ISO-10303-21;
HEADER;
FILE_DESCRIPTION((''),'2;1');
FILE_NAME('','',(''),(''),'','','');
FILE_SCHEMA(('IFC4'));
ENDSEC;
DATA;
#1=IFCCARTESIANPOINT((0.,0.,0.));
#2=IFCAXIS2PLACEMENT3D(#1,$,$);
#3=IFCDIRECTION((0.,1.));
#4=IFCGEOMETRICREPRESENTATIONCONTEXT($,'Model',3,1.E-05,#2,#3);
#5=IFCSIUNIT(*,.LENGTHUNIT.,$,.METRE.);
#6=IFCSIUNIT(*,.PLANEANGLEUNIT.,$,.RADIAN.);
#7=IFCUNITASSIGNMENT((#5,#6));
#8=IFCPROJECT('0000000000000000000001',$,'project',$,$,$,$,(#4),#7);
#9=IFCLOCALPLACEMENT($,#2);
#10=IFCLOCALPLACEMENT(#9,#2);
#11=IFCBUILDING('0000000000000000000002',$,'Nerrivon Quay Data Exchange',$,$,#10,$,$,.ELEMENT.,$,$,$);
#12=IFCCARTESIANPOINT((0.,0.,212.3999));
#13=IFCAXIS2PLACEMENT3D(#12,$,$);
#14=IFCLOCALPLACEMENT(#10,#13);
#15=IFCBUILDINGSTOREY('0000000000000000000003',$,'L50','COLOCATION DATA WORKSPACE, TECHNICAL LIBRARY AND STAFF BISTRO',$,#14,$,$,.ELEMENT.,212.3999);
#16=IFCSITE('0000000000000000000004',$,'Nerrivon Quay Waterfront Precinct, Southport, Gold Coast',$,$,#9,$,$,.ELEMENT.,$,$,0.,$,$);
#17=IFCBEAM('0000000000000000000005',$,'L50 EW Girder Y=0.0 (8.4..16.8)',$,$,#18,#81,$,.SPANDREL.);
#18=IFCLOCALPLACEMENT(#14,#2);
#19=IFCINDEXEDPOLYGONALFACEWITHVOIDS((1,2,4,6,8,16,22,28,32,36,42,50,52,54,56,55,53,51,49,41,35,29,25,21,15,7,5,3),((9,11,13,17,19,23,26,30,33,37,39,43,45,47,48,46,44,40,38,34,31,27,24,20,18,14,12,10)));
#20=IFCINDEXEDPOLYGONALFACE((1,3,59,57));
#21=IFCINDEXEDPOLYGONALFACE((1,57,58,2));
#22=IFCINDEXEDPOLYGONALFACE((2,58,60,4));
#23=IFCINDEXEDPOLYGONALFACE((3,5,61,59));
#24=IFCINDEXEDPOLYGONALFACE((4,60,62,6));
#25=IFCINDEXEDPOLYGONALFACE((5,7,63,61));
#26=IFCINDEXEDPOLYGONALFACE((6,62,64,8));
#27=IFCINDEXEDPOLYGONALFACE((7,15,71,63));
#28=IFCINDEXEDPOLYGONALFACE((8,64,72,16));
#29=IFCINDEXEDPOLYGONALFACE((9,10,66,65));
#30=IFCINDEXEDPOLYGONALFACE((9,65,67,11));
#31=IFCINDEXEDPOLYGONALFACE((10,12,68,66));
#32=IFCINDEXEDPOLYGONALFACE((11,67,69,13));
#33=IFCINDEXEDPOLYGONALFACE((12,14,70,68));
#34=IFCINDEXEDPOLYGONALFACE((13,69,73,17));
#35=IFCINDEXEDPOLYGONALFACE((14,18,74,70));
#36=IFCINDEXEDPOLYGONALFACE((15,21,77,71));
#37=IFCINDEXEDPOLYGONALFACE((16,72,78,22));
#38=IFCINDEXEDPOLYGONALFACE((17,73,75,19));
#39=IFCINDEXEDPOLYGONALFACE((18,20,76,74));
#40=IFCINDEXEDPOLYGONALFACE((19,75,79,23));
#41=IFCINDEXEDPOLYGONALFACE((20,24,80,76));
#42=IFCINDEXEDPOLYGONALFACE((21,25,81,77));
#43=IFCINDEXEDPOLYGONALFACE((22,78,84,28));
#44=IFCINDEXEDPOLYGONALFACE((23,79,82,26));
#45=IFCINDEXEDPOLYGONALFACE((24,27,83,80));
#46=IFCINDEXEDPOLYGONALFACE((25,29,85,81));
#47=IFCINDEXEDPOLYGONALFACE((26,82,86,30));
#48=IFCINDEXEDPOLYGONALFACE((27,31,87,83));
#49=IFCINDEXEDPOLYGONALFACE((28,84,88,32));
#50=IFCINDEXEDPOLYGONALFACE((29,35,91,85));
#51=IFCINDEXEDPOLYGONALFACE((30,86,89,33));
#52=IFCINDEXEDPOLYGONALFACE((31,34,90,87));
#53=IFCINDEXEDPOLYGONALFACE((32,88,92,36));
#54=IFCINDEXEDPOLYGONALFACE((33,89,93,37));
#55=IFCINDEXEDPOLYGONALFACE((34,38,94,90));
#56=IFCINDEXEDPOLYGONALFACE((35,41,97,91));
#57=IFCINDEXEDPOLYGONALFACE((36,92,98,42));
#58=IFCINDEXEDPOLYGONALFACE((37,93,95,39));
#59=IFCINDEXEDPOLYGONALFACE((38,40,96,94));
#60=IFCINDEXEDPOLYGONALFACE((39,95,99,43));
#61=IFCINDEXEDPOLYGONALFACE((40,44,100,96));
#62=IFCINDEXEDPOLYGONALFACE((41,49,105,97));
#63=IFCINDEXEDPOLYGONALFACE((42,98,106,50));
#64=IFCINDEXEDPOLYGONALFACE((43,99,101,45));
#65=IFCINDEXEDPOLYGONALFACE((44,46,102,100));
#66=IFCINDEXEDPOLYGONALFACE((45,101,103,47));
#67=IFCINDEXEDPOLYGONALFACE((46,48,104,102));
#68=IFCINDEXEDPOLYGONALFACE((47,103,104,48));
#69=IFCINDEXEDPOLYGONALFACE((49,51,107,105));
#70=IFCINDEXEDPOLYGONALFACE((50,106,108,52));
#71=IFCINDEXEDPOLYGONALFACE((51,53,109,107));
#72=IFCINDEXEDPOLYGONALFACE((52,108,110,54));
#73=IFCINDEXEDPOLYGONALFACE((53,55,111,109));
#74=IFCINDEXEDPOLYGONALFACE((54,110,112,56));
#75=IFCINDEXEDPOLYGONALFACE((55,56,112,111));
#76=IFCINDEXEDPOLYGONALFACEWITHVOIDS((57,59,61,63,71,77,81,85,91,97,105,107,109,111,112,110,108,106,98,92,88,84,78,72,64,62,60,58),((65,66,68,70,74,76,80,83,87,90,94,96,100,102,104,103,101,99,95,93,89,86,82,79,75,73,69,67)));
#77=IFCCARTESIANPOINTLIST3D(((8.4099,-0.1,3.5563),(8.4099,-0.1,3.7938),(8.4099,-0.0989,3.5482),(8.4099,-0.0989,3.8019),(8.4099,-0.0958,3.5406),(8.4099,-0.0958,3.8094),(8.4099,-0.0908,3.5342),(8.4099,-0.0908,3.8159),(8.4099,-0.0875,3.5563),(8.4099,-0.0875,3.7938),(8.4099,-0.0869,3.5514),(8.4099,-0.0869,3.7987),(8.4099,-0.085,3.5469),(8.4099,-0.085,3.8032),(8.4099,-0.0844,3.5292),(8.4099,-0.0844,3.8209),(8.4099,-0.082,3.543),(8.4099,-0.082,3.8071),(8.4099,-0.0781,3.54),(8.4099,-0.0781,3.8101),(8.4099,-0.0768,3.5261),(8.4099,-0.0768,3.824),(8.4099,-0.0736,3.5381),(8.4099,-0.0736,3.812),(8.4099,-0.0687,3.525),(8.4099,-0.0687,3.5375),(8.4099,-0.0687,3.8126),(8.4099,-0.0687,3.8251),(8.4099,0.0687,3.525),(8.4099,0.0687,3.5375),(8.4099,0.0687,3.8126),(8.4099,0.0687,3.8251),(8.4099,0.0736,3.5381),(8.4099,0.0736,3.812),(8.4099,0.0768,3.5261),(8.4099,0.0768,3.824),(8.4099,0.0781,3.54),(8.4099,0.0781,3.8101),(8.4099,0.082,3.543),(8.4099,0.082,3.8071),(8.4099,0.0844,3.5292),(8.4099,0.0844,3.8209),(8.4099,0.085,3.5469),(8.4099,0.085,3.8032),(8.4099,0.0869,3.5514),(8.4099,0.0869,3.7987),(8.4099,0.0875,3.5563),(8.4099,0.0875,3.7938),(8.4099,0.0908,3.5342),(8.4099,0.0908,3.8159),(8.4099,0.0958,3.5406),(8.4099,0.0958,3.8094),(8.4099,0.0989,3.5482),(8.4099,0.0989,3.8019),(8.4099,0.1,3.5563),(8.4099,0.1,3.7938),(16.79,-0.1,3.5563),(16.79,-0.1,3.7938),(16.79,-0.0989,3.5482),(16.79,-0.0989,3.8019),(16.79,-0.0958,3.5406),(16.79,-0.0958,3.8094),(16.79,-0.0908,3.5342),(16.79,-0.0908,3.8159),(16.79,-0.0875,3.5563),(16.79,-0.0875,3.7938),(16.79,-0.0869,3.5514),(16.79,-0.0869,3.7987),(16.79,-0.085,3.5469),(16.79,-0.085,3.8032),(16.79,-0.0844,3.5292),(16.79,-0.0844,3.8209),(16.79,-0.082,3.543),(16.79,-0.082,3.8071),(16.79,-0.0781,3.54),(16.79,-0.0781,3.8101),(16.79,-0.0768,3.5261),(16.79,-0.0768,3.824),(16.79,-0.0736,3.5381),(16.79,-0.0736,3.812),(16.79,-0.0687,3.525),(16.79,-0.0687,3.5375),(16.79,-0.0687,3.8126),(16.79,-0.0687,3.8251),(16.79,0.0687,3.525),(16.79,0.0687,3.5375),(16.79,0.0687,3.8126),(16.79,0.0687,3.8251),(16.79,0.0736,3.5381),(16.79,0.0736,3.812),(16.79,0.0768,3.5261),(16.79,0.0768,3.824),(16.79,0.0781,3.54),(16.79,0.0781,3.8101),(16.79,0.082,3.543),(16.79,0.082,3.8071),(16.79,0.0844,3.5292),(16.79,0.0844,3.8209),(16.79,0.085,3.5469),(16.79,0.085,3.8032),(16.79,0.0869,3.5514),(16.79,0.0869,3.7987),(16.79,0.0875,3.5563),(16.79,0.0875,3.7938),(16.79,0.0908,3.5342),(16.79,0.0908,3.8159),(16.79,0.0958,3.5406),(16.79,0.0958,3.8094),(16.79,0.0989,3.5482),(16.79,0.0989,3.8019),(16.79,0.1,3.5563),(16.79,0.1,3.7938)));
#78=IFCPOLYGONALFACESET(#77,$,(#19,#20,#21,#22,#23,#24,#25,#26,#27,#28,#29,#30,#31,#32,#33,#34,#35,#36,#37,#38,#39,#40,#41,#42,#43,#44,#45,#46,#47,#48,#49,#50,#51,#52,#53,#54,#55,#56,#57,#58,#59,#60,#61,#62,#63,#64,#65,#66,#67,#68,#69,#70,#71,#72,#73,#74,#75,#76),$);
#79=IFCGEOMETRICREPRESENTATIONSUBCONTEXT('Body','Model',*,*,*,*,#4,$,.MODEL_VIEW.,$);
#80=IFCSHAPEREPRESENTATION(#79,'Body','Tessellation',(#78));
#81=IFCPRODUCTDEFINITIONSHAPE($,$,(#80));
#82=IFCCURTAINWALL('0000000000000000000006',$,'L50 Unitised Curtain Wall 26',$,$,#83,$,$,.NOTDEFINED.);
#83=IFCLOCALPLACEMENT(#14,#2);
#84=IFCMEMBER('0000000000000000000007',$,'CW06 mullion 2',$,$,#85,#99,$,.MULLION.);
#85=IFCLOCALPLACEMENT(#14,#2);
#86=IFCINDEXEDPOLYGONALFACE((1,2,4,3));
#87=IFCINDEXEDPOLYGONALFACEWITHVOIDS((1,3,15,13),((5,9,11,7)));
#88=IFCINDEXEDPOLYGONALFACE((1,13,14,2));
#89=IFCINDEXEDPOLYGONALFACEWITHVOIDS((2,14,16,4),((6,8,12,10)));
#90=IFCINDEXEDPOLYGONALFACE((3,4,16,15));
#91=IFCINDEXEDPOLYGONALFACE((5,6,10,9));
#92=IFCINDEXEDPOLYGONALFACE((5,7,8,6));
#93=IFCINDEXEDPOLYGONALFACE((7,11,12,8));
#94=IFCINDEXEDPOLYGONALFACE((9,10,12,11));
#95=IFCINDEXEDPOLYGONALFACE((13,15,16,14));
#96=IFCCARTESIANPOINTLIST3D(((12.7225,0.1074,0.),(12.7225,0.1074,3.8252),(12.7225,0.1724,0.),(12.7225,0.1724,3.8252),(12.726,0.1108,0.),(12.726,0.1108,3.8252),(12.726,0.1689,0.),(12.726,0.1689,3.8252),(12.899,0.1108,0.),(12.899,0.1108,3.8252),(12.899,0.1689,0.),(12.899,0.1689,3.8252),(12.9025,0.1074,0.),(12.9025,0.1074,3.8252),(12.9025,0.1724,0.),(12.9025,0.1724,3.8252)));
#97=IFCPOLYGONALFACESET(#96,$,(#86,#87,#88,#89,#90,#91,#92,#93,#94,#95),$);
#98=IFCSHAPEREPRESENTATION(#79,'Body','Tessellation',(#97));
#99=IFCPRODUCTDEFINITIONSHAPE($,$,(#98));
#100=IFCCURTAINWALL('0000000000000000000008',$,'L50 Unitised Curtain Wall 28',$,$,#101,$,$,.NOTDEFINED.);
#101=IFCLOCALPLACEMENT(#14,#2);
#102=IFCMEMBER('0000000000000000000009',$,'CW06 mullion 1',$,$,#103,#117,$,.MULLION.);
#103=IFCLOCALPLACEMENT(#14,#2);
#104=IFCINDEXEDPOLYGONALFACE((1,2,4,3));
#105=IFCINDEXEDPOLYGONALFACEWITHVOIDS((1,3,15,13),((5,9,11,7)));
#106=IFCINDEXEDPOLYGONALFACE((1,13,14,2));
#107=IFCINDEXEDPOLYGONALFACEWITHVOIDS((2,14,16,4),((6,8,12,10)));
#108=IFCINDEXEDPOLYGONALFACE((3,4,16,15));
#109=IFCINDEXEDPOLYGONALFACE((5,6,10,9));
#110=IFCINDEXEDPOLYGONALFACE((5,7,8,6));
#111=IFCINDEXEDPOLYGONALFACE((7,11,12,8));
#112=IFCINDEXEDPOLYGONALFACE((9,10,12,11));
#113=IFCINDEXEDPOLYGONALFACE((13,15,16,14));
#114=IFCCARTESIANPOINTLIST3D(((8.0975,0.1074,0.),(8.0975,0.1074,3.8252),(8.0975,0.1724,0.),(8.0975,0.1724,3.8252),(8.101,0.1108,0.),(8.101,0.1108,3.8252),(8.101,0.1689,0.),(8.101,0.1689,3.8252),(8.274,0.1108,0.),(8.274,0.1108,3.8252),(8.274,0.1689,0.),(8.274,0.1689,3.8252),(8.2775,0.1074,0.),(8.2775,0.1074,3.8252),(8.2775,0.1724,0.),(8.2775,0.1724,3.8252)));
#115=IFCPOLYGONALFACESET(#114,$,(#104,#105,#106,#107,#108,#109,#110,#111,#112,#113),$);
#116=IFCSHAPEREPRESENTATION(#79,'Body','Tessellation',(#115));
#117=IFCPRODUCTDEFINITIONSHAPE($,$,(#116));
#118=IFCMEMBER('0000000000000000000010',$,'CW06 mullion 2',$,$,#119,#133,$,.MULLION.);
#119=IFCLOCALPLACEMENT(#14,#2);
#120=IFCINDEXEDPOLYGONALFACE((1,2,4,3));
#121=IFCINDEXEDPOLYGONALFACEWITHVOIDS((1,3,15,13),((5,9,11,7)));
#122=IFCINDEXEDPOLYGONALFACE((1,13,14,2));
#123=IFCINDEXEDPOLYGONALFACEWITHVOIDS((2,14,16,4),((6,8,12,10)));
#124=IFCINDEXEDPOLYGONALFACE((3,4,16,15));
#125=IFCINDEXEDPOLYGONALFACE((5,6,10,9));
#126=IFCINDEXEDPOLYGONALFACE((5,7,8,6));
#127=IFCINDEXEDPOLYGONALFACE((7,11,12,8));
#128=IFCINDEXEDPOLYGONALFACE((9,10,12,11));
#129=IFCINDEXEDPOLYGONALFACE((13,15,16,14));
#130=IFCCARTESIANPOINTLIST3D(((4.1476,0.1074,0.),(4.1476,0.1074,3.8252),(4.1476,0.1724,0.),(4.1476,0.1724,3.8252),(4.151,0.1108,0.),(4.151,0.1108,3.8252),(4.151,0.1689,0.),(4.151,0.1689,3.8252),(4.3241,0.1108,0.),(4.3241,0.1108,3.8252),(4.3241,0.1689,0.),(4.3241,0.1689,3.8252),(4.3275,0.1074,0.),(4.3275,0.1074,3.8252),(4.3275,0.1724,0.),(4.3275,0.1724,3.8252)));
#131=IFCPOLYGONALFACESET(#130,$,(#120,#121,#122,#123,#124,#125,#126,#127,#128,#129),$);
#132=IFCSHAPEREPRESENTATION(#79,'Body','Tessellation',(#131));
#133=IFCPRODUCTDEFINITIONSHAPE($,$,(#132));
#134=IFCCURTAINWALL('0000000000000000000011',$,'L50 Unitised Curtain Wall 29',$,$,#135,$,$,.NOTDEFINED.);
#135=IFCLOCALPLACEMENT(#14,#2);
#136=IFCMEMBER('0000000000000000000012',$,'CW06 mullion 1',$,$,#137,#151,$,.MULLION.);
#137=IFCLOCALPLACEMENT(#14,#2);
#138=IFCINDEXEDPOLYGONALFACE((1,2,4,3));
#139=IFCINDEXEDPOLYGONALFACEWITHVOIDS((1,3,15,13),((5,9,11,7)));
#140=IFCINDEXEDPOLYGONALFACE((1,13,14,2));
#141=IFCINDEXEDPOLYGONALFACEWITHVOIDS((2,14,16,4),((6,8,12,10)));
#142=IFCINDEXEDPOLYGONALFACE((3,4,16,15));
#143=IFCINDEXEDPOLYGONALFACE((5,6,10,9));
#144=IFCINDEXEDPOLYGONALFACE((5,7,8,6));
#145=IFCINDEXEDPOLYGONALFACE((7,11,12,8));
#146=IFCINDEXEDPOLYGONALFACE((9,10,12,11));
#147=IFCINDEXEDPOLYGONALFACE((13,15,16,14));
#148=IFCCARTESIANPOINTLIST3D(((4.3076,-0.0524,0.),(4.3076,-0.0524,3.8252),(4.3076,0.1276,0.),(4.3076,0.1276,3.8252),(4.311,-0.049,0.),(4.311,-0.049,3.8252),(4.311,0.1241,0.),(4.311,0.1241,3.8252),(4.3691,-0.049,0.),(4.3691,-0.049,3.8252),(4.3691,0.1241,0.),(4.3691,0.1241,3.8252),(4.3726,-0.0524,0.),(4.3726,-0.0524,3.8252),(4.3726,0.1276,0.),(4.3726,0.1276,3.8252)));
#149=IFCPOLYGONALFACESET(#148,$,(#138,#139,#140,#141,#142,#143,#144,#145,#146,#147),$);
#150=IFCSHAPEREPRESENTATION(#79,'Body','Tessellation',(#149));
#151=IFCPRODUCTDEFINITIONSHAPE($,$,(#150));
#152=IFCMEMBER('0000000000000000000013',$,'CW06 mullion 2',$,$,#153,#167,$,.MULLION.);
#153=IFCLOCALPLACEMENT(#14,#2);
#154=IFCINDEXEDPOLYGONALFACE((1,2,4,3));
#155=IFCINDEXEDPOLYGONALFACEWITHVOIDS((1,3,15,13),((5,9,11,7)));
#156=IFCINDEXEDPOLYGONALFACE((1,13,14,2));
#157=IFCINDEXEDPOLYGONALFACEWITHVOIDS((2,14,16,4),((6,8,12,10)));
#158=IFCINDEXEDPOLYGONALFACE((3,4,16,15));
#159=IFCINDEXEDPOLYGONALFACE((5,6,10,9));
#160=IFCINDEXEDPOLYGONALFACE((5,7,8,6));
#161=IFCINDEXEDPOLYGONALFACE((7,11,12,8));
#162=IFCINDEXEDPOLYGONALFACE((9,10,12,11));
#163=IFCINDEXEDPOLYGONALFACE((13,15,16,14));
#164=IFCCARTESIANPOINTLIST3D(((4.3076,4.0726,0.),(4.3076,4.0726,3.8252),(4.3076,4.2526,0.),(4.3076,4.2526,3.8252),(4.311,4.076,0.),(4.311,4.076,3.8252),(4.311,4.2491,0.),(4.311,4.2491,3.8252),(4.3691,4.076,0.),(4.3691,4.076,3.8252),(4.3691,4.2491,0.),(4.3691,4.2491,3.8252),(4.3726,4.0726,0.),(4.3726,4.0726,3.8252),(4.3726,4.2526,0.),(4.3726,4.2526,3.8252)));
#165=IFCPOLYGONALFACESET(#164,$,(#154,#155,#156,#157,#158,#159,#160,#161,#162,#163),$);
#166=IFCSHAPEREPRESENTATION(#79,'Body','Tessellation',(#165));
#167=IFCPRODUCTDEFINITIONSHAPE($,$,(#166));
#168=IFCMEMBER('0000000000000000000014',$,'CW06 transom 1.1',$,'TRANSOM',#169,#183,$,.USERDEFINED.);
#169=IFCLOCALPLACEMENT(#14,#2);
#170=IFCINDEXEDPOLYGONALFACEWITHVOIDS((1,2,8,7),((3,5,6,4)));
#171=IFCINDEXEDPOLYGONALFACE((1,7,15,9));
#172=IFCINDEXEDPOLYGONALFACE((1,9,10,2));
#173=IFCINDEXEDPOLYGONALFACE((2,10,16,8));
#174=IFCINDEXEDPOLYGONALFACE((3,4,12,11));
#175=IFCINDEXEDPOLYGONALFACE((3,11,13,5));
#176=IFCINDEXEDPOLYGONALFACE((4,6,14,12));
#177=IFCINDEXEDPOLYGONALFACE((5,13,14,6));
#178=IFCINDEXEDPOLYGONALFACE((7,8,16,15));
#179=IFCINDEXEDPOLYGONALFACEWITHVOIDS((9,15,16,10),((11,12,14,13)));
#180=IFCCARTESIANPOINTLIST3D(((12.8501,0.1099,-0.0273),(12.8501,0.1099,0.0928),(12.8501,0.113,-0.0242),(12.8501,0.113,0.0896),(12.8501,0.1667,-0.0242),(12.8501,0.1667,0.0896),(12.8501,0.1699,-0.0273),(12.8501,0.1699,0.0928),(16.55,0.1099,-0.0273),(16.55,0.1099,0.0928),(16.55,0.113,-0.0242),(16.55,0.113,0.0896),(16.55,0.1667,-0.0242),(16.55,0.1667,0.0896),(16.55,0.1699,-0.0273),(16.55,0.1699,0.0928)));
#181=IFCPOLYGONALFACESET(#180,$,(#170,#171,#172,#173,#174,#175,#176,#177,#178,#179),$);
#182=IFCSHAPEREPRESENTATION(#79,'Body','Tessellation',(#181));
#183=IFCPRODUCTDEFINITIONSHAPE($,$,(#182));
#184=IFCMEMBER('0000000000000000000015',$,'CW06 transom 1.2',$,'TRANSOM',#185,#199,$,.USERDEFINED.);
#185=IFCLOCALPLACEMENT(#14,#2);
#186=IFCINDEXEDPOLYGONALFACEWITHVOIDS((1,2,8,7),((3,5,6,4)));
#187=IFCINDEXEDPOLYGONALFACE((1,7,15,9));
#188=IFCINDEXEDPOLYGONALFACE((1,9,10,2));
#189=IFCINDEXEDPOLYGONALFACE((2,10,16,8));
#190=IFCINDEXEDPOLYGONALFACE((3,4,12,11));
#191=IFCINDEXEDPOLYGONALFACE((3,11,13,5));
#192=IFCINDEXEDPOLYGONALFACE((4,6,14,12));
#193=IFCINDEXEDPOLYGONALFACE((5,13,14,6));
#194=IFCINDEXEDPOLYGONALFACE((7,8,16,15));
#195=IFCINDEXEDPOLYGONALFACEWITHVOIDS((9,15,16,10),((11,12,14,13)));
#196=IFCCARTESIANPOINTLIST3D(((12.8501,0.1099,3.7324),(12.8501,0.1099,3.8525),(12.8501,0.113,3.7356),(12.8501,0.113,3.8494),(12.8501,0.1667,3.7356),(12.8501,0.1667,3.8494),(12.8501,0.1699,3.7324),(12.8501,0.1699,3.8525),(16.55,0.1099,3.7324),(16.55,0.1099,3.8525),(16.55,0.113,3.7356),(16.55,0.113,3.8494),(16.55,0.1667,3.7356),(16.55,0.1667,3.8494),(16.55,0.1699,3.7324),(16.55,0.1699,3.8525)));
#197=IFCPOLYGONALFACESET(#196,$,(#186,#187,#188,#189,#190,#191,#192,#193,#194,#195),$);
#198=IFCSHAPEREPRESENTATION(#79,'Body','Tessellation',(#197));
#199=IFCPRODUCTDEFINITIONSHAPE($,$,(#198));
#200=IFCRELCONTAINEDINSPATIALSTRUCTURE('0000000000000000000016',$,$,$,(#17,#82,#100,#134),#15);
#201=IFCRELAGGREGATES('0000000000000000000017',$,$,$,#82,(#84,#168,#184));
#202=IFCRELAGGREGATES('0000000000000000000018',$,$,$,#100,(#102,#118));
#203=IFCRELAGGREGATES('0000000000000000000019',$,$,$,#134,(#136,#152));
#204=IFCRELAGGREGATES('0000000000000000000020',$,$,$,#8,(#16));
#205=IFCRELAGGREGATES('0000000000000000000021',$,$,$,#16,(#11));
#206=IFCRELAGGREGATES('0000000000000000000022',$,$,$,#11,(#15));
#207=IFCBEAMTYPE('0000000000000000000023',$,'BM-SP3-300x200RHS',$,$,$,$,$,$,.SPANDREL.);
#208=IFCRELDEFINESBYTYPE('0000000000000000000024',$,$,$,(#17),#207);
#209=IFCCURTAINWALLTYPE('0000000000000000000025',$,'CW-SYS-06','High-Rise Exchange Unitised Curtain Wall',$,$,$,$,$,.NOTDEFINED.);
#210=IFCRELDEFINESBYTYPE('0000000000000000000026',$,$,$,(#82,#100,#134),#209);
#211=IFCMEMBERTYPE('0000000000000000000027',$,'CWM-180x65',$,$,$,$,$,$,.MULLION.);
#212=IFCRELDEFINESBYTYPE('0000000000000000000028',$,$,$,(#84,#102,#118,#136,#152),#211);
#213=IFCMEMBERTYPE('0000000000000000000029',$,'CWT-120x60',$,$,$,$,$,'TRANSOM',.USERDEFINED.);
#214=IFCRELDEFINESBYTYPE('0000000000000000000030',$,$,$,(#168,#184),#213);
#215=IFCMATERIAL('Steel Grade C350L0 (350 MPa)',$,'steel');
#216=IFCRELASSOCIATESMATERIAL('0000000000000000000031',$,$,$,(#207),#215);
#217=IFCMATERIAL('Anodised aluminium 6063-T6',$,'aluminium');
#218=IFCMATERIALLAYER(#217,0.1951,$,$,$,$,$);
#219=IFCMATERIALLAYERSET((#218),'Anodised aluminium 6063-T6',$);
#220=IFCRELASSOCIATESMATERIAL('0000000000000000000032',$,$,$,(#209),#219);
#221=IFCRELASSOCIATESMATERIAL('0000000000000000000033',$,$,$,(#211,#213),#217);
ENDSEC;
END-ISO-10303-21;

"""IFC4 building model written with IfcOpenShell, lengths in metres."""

from ifc_helpers import new_model, si_unit, direction, frame, origin, origin_2d, place, context, subcontext, project, spatial, hollow_rectangle, extrude, material, layer, layer_set, material_profile, profile_set, type_object, element, aggregate, save


model = new_model("IFC4")

# Units and contexts
model_context = context("Model", 3, precision=1e-05, world=origin(), true_north=direction((0.0, 1.0)))
body_context = subcontext(model_context, "Body", "Model", "MODEL_VIEW")
ifc_project = project(units=[si_unit("LENGTHUNIT", "METRE"), si_unit("PLANEANGLEUNIT", "RADIAN")], contexts=[model_context])

# Site, building, storey
site_placement = place(None, origin())
site = spatial("IfcSite", under=ifc_project, at=site_placement, Name="Nerrivon Quay Waterfront Precinct, Southport, Gold Coast", CompositionType="ELEMENT", RefElevation=0.0)
building_placement = place(site_placement, origin())
building = spatial("IfcBuilding", under=site, at=building_placement, Name="Nerrivon Quay Data Exchange", CompositionType="ELEMENT")
storey_placement = place(building_placement, frame((0.0, 0.0, 212.3999)))
storey = spatial("IfcBuildingStorey", under=building, at=storey_placement, Name="L50", Description="COLOCATION DATA WORKSPACE, TECHNICAL LIBRARY AND STAFF BISTRO", CompositionType="ELEMENT", Elevation=212.3999)

# Beam
ifc_material_1 = material(Name="Steel Grade C350L0 (350 MPa)", Category="steel")
ifc_material_profile_1 = material_profile(ifc_material_1, hollow_rectangle(XDim=0.2, YDim=0.3, WallThickness=0.0125, InnerFilletRadius=0.0188, OuterFilletRadius=0.0312, at=origin_2d()), Name="300x200x12.5RHS")
ifc_profile_set_1 = profile_set([ifc_material_profile_1], Name="Steel Grade C350L0 (350 MPa)")
beam_type_1 = type_object("IfcBeamType", Name="BM-SP3-300x200RHS", PredefinedType="SPANDREL", material=ifc_profile_set_1)
beam_1_placement = place(storey_placement, frame((8.4099, 0.0, 3.675), z_axis=(1.0, 0.0, 0.0), x_axis=(0.0, 1.0, 0.0)))
element("IfcBeam", 1, at=beam_1_placement, inside=storey, type_object=beam_type_1, Name="L50 EW Girder Y=0.0 (8.4..16.8)", PredefinedType="SPANDREL", context=body_context, shape_type="SweptSolid", body=[
    extrude(hollow_rectangle(XDim=0.2, YDim=0.3, WallThickness=0.0125, InnerFilletRadius=0.0188, OuterFilletRadius=0.0312, at=origin_2d()), origin(), (0.0, 0.0, 1.0), 8.3801),
])

# Curtain wall, member
ifc_material_2 = material(Name="Anodised aluminium 6063-T6", Category="aluminium")
ifc_layer_1 = layer(ifc_material_2, 0.1951)
ifc_layer_set_1 = layer_set([ifc_layer_1], Name="Anodised aluminium 6063-T6")
curtain_wall_type = type_object("IfcCurtainWallType", Name="CW-SYS-06", Description="High-Rise Exchange Unitised Curtain Wall", PredefinedType="NOTDEFINED", material=ifc_layer_set_1)
curtain_wall_1_placement = place(storey_placement, origin())
curtain_wall_1 = element("IfcCurtainWall", 2, at=curtain_wall_1_placement, inside=storey, type_object=curtain_wall_type, Name="L50 Unitised Curtain Wall 26", PredefinedType="NOTDEFINED")
ifc_material_profile_2 = material_profile(ifc_material_2, hollow_rectangle(XDim=0.0649, YDim=0.1799, WallThickness=0.0034, at=origin_2d()), Name="ALU-MULL-180x65")
ifc_profile_set_2 = profile_set([ifc_material_profile_2], Name="Anodised aluminium 6063-T6")
member_type_1 = type_object("IfcMemberType", Name="CWM-180x65", PredefinedType="MULLION", material=ifc_profile_set_2)
member_1_placement = place(storey_placement, frame((12.8125, 0.1399, 0.0), z_axis=(0.0, 0.0, 1.0), x_axis=(0.0, -1.0, 0.0)))
member_1 = element("IfcMember", 3, at=member_1_placement, type_object=member_type_1, Name="CW06 mullion 2", PredefinedType="MULLION", context=body_context, shape_type="SweptSolid", body=[
    extrude(hollow_rectangle(XDim=0.0649, YDim=0.1799, WallThickness=0.0034, at=origin_2d()), origin(), (0.0, 0.0, 1.0), 3.8252),
])

# Curtain walls, members
curtain_wall_2_placement = place(storey_placement, origin())
curtain_wall_2 = element("IfcCurtainWall", 4, at=curtain_wall_2_placement, inside=storey, type_object=curtain_wall_type, Name="L50 Unitised Curtain Wall 28", PredefinedType="NOTDEFINED")
member_2_placement = place(storey_placement, frame((8.1875, 0.1399, 0.0), z_axis=(0.0, 0.0, 1.0), x_axis=(0.0, -1.0, 0.0)))
member_2 = element("IfcMember", 5, at=member_2_placement, type_object=member_type_1, Name="CW06 mullion 1", PredefinedType="MULLION", context=body_context, shape_type="SweptSolid", body=[
    extrude(hollow_rectangle(XDim=0.0649, YDim=0.1799, WallThickness=0.0034, at=origin_2d()), origin(), (0.0, 0.0, 1.0), 3.8252),
])
member_3_placement = place(storey_placement, frame((4.2375, 0.1399, 0.0), z_axis=(0.0, 0.0, 1.0), x_axis=(0.0, -1.0, 0.0)))
member_3 = element("IfcMember", 6, at=member_3_placement, type_object=member_type_1, Name="CW06 mullion 2", PredefinedType="MULLION", context=body_context, shape_type="SweptSolid", body=[
    extrude(hollow_rectangle(XDim=0.0649, YDim=0.1799, WallThickness=0.0034, at=origin_2d()), origin(), (0.0, 0.0, 1.0), 3.8252),
])
curtain_wall_3_placement = place(storey_placement, origin())
curtain_wall_3 = element("IfcCurtainWall", 7, at=curtain_wall_3_placement, inside=storey, type_object=curtain_wall_type, Name="L50 Unitised Curtain Wall 29", PredefinedType="NOTDEFINED")
member_4_placement = place(storey_placement, frame((4.3401, 0.0376, 0.0), z_axis=(0.0, 0.0, 1.0), x_axis=(-1.0, 0.0, 0.0)))
member_4 = element("IfcMember", 8, at=member_4_placement, type_object=member_type_1, Name="CW06 mullion 1", PredefinedType="MULLION", context=body_context, shape_type="SweptSolid", body=[
    extrude(hollow_rectangle(XDim=0.0649, YDim=0.1799, WallThickness=0.0034, at=origin_2d()), origin(), (0.0, 0.0, 1.0), 3.8252),
])
member_5_placement = place(storey_placement, frame((4.3401, 4.1626, 0.0), z_axis=(0.0, 0.0, 1.0), x_axis=(-1.0, 0.0, 0.0)))
member_5 = element("IfcMember", 9, at=member_5_placement, type_object=member_type_1, Name="CW06 mullion 2", PredefinedType="MULLION", context=body_context, shape_type="SweptSolid", body=[
    extrude(hollow_rectangle(XDim=0.0649, YDim=0.1799, WallThickness=0.0034, at=origin_2d()), origin(), (0.0, 0.0, 1.0), 3.8252),
])

# Members
ifc_material_profile_3 = material_profile(ifc_material_2, hollow_rectangle(XDim=0.0601, YDim=0.1201, WallThickness=0.0032, at=origin_2d()), Name="ALU-TRAN-120x60")
ifc_profile_set_3 = profile_set([ifc_material_profile_3], Name="Anodised aluminium 6063-T6")
member_type_2 = type_object("IfcMemberType", Name="CWT-120x60", ElementType="TRANSOM", PredefinedType="USERDEFINED", material=ifc_profile_set_3)
member_6_placement = place(storey_placement, frame((16.55, 0.1399, 0.0327), z_axis=(-1.0, 0.0, 0.0), x_axis=(0.0, -1.0, 0.0)))
member_6 = element("IfcMember", 10, at=member_6_placement, type_object=member_type_2, Name="CW06 transom 1.1", ObjectType="TRANSOM", PredefinedType="USERDEFINED", context=body_context, shape_type="SweptSolid", body=[
    extrude(hollow_rectangle(XDim=0.0601, YDim=0.1201, WallThickness=0.0032, at=origin_2d()), origin(), (0.0, 0.0, 1.0), 3.7),
])
member_7_placement = place(storey_placement, frame((16.55, 0.1399, 3.7925), z_axis=(-1.0, 0.0, 0.0), x_axis=(0.0, -1.0, 0.0)))
member_7 = element("IfcMember", 11, at=member_7_placement, type_object=member_type_2, Name="CW06 transom 1.2", ObjectType="TRANSOM", PredefinedType="USERDEFINED", context=body_context, shape_type="SweptSolid", body=[
    extrude(hollow_rectangle(XDim=0.0601, YDim=0.1201, WallThickness=0.0032, at=origin_2d()), origin(), (0.0, 0.0, 1.0), 3.7),
])

aggregate(curtain_wall_1, [member_1, member_6, member_7])
aggregate(curtain_wall_2, [member_2, member_3])
aggregate(curtain_wall_3, [member_4, member_5])

save(model, "model.ifc")
